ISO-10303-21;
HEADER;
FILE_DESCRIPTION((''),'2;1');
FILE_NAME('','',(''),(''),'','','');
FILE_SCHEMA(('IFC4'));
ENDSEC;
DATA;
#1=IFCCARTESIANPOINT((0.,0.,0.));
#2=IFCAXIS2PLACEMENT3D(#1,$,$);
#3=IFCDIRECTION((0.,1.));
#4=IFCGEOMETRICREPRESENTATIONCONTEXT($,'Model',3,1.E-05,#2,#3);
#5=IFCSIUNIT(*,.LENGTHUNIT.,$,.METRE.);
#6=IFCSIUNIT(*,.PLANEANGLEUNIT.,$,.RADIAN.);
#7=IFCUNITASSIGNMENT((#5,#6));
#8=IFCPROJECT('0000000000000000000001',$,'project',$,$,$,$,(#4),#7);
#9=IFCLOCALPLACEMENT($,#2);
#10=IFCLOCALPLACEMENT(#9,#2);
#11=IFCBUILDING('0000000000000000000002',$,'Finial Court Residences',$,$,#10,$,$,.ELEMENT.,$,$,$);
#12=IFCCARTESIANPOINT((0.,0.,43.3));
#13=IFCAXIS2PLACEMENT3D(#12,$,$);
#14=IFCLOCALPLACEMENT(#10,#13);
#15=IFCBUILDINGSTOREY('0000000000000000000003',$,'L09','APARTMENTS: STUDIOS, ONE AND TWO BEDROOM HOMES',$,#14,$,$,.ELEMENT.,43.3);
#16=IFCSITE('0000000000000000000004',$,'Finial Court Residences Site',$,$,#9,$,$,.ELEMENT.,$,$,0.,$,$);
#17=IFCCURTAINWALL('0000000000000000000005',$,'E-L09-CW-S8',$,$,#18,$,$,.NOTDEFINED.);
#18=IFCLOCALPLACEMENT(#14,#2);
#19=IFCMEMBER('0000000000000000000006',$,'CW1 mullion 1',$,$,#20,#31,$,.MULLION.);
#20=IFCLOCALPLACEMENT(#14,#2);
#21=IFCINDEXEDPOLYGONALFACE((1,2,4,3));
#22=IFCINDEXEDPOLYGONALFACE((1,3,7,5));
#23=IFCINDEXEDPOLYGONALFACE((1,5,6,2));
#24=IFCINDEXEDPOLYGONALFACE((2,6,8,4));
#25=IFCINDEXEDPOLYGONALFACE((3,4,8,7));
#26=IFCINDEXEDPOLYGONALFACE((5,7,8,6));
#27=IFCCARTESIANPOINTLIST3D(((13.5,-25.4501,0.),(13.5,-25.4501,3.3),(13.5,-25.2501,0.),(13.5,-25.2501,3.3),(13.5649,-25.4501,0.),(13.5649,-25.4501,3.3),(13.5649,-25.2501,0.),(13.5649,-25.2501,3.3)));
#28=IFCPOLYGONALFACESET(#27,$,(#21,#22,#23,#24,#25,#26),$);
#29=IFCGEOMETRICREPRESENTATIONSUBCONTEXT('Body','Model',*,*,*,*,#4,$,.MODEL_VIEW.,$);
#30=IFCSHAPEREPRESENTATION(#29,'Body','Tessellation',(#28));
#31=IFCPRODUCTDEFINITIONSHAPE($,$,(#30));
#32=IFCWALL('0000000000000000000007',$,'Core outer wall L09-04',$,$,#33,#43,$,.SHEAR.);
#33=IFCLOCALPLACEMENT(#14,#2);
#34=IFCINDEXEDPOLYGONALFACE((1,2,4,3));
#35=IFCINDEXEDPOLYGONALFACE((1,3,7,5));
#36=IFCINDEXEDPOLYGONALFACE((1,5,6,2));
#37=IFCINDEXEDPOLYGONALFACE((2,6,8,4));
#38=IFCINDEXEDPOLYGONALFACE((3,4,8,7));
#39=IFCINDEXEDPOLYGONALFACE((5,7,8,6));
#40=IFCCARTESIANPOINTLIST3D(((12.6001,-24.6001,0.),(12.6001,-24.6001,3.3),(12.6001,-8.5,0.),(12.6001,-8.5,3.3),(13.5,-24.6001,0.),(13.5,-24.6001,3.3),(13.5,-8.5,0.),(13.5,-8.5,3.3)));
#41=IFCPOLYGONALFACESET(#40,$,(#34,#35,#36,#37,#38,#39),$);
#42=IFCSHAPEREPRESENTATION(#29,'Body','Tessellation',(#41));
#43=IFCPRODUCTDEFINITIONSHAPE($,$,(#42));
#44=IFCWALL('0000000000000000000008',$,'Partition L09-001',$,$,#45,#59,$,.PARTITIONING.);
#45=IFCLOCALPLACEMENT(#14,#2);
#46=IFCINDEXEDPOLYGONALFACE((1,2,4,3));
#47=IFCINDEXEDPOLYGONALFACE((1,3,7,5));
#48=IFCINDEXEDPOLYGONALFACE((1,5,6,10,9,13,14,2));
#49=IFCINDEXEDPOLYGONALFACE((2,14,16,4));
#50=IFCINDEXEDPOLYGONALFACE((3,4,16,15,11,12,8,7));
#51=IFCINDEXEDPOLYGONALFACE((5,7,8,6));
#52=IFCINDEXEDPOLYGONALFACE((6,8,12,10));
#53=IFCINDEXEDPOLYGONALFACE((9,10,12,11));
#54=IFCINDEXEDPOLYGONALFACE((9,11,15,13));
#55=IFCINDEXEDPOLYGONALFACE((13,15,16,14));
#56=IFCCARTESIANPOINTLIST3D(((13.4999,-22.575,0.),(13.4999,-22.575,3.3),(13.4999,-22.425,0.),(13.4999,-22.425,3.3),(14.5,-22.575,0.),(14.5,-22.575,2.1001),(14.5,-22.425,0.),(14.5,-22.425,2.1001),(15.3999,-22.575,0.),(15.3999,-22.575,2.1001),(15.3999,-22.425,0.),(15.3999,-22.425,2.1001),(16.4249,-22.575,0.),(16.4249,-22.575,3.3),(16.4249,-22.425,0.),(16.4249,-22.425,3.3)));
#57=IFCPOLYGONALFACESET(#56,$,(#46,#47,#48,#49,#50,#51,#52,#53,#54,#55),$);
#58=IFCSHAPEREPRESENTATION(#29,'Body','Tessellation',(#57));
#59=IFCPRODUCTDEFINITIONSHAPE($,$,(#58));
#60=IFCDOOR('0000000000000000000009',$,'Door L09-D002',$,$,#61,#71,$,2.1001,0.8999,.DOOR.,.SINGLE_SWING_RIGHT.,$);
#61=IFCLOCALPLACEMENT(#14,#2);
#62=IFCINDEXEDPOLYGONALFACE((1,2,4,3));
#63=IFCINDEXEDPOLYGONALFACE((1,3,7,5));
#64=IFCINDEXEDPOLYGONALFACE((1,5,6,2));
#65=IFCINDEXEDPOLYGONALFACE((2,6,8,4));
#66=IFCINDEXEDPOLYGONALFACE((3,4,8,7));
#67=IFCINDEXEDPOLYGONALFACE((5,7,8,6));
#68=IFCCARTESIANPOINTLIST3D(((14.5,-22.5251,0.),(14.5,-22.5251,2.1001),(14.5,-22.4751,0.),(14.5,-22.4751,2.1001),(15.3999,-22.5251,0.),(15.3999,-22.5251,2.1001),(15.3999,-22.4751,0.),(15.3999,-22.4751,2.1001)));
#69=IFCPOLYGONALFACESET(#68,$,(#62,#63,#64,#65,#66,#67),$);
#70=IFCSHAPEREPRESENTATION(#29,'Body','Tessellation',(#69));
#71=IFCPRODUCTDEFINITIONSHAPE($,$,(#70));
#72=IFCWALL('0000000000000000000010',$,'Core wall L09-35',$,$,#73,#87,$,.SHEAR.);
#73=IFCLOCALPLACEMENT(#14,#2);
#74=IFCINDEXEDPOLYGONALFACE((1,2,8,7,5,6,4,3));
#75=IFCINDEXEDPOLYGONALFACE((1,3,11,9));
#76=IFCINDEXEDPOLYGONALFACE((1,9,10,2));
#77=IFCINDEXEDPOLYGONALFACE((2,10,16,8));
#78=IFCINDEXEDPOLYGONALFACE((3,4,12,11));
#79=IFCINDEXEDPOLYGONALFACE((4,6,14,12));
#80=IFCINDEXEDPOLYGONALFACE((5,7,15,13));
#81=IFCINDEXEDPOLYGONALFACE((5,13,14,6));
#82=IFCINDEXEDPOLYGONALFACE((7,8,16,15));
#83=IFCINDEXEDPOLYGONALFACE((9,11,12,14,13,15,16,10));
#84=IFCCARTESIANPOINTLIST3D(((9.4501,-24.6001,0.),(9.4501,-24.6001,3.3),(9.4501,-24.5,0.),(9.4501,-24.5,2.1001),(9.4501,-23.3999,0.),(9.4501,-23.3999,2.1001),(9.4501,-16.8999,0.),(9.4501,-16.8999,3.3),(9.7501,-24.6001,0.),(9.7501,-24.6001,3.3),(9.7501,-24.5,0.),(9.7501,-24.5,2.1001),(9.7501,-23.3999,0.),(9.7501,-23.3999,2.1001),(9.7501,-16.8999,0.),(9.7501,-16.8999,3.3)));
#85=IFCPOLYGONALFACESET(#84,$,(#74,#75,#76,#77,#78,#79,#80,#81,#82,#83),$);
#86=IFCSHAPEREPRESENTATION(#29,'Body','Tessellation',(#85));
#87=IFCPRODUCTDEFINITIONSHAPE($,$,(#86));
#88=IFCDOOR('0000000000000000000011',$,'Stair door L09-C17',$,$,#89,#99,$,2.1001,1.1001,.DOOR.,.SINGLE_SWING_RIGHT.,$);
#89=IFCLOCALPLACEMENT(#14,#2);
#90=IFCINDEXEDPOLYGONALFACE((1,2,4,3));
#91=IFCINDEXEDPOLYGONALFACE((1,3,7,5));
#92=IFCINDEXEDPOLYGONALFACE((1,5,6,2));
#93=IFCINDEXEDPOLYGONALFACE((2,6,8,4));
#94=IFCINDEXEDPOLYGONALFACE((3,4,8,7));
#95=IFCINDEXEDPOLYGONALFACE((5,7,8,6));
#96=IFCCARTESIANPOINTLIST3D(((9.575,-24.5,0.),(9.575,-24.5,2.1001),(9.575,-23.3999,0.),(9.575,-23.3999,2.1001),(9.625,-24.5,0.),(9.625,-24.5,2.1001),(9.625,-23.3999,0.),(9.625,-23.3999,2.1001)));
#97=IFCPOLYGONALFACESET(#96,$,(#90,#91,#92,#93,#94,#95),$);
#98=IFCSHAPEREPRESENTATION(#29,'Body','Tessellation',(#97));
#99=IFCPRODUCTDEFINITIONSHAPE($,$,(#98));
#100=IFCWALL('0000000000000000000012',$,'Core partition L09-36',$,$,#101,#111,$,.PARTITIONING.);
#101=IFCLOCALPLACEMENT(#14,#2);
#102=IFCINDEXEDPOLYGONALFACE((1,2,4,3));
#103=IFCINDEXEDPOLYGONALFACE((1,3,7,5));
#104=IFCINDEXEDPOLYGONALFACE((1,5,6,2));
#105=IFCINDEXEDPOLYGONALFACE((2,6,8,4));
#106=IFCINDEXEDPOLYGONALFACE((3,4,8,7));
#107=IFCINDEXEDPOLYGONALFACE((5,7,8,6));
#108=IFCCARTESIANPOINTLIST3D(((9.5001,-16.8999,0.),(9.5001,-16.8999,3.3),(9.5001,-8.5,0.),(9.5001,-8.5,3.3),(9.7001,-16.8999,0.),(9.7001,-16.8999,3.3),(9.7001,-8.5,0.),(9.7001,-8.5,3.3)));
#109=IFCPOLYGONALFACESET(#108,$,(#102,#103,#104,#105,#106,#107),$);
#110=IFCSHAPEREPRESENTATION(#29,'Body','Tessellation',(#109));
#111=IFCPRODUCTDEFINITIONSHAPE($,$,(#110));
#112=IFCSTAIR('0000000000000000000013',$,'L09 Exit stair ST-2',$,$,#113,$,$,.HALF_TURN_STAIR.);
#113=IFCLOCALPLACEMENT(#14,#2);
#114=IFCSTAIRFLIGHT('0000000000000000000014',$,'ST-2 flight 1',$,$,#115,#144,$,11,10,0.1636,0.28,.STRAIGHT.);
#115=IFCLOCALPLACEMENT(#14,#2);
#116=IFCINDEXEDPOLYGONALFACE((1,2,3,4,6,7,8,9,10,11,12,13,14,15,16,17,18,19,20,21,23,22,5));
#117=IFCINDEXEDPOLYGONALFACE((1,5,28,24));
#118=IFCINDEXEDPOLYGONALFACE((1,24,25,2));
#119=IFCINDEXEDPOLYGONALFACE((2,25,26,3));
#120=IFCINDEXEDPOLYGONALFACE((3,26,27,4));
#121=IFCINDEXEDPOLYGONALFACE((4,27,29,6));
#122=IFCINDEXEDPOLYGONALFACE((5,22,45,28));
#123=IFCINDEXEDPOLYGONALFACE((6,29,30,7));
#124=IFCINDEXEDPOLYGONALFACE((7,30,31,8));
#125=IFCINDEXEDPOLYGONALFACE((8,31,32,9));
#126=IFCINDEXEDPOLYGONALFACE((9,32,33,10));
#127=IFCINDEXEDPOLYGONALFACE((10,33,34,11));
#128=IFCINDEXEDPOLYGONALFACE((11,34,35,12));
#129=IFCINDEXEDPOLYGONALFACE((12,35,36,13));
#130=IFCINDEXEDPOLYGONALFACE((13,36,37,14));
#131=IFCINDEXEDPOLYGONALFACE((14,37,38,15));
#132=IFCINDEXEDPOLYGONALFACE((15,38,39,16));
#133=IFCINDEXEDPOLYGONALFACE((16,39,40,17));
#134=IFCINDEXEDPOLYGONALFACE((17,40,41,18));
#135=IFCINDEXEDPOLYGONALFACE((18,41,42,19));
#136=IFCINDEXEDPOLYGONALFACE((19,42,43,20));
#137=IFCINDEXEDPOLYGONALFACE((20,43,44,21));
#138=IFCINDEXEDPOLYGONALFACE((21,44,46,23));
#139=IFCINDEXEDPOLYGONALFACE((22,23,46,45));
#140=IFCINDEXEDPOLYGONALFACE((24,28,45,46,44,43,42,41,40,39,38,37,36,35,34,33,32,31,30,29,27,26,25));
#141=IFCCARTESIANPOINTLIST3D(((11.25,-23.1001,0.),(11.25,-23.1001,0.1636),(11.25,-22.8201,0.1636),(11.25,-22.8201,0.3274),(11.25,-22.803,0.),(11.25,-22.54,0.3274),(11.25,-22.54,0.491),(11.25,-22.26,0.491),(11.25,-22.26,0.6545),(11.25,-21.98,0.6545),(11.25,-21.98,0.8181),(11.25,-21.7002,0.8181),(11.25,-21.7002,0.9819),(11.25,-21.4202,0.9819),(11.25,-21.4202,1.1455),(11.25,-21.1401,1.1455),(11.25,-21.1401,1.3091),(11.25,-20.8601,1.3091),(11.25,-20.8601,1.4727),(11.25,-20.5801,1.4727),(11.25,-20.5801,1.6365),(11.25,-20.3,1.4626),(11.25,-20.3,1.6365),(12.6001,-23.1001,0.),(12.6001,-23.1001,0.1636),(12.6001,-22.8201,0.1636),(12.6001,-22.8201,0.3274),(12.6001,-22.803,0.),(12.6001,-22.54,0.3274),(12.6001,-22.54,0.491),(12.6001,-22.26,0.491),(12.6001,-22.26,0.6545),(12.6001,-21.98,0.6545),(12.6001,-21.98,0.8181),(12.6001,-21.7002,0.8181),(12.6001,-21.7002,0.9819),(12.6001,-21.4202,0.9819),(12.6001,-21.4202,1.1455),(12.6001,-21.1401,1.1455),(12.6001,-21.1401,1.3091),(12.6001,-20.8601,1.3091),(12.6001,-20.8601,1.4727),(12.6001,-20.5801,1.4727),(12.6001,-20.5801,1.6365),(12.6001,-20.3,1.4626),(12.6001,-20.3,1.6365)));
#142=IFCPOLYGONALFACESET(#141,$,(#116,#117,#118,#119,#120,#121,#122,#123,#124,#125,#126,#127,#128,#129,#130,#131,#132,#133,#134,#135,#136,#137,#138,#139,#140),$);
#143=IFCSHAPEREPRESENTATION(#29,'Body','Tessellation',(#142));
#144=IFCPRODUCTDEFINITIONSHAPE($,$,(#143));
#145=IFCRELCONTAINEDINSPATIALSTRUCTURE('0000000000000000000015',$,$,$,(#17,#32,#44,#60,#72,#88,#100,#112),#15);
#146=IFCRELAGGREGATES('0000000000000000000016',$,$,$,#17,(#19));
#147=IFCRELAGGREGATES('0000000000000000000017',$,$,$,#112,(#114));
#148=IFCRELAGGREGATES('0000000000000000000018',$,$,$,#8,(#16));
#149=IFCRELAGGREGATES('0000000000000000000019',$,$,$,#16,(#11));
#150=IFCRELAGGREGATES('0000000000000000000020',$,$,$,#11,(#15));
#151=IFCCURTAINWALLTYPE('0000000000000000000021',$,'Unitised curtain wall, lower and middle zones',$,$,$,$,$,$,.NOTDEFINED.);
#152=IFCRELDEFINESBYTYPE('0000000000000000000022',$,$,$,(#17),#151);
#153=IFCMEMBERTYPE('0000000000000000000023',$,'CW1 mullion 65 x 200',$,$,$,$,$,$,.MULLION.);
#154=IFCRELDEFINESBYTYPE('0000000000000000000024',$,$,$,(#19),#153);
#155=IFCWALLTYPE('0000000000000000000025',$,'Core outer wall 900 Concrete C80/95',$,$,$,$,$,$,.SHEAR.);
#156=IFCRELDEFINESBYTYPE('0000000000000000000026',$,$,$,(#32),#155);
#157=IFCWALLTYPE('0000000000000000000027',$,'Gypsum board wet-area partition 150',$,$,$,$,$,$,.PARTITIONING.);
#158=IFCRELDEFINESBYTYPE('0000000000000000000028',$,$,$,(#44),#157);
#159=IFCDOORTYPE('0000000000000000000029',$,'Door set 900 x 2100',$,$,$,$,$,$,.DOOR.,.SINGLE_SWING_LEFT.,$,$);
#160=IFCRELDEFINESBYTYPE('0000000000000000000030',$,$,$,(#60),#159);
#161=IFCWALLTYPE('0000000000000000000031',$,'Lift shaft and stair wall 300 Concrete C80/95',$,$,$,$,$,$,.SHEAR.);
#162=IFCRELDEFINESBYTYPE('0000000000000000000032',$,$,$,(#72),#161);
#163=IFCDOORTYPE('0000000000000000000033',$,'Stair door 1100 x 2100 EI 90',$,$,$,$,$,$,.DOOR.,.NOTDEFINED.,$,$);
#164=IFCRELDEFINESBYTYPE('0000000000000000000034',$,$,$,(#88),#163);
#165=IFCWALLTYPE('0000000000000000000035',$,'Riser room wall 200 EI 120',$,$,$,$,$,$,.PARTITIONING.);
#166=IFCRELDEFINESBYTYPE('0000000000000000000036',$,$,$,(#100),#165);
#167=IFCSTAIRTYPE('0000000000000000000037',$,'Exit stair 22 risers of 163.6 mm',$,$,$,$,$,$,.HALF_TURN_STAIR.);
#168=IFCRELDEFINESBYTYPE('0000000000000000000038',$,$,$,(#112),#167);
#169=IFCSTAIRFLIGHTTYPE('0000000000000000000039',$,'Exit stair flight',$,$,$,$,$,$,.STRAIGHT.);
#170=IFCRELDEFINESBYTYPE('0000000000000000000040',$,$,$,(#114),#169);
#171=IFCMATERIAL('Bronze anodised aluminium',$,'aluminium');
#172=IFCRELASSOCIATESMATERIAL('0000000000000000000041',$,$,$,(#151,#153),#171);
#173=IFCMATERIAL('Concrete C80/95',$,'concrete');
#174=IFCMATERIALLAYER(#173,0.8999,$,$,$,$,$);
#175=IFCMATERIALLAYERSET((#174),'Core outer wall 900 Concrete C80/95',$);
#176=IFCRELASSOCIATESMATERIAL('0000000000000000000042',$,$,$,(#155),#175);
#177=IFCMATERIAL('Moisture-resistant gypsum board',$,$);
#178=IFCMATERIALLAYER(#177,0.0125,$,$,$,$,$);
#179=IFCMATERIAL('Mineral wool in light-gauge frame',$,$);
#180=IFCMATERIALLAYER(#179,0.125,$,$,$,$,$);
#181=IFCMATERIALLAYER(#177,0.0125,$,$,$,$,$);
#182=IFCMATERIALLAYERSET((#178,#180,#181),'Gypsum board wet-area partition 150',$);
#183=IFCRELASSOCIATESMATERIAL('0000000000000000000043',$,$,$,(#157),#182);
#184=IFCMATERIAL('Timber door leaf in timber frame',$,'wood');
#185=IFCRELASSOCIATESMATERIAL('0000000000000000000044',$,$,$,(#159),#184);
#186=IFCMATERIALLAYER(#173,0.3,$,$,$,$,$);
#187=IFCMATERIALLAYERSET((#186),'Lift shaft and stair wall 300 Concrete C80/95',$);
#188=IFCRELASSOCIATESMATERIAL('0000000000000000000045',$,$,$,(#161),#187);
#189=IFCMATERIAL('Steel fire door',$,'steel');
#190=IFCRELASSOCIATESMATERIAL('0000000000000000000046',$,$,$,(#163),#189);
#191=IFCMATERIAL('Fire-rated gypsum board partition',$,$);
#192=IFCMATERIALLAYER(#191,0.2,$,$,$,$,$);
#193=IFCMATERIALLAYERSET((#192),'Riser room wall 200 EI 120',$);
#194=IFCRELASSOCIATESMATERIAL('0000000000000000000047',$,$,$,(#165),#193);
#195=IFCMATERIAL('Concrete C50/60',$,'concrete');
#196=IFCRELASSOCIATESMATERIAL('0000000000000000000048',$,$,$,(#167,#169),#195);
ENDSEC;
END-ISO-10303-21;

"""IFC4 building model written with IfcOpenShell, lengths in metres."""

from ifc_helpers import new_model, si_unit, direction, frame, frame_2d, origin, origin_2d, place, context, subcontext, project, spatial, polyline, rectangle, outline, extrude, material, layer, layer_set, material_profile, profile_set, type_object, element, fill, aggregate, save


model = new_model("IFC4")

# Units and contexts
model_context = context("Model", 3, precision=1e-05, world=origin(), true_north=direction((0.0, 1.0)))
body_context = subcontext(model_context, "Body", "Model", "MODEL_VIEW")
ifc_project = project(units=[si_unit("LENGTHUNIT", "METRE"), si_unit("PLANEANGLEUNIT", "RADIAN")], contexts=[model_context])

# Site, building, storey
site_placement = place(None, origin())
site = spatial("IfcSite", under=ifc_project, at=site_placement, Name="Finial Court Residences Site", CompositionType="ELEMENT", RefElevation=0.0)
building_placement = place(site_placement, origin())
building = spatial("IfcBuilding", under=site, at=building_placement, Name="Finial Court Residences", CompositionType="ELEMENT")
storey_placement = place(building_placement, frame((0.0, 0.0, 43.3)))
storey = spatial("IfcBuildingStorey", under=building, at=storey_placement, Name="L09", Description="APARTMENTS: STUDIOS, ONE AND TWO BEDROOM HOMES", CompositionType="ELEMENT", Elevation=43.3)

# Curtain wall, member
ifc_material_1 = material(Name="Bronze anodised aluminium", Category="aluminium")
curtain_wall_type = type_object("IfcCurtainWallType", Name="Unitised curtain wall, lower and middle zones", PredefinedType="NOTDEFINED", material=ifc_material_1)
curtain_wall_placement = place(storey_placement, origin())
curtain_wall = element("IfcCurtainWall", 1, at=curtain_wall_placement, inside=storey, type_object=curtain_wall_type, Name="E-L09-CW-S8", PredefinedType="NOTDEFINED")
ifc_material_profile = material_profile(ifc_material_1, rectangle(XDim=0.2, YDim=0.0649, at=origin_2d()), Name="CW1 mullion 65 x 200")
ifc_profile_set = profile_set([ifc_material_profile], Name="Bronze anodised aluminium")
member_type = type_object("IfcMemberType", Name="CW1 mullion 65 x 200", PredefinedType="MULLION", material=ifc_profile_set)
member_placement = place(storey_placement, frame((13.5325, -25.3501, 0.0), z_axis=(0.0, 0.0, 1.0), x_axis=(0.0, 1.0, 0.0)))
member = element("IfcMember", 2, at=member_placement, type_object=member_type, Name="CW1 mullion 1", PredefinedType="MULLION", context=body_context, shape_type="SweptSolid", body=[
    extrude(rectangle(XDim=0.2, YDim=0.0649, at=origin_2d()), origin(), (0.0, 0.0, 1.0), 3.3),
])
aggregate(curtain_wall, [member])

# Wall
ifc_material_2 = material(Name="Concrete C80/95", Category="concrete")
ifc_layer_1 = layer(ifc_material_2, 0.8999)
ifc_layer_set_1 = layer_set([ifc_layer_1], Name="Core outer wall 900 Concrete C80/95")
wall_type_1 = type_object("IfcWallType", Name="Core outer wall 900 Concrete C80/95", PredefinedType="SHEAR", material=ifc_layer_set_1)
wall_1_placement = place(storey_placement, frame((13.05, -24.6001, 0.0), z_axis=(0.0, 0.0, 1.0), x_axis=(0.0, 1.0, 0.0)))
element("IfcWall", 3, at=wall_1_placement, inside=storey, type_object=wall_type_1, Name="Core outer wall L09-04", PredefinedType="SHEAR", context=body_context, shape_type="SweptSolid", body=[
    extrude(rectangle(XDim=16.1001, YDim=0.8999, at=frame_2d((8.05, 0.0))), origin(), (0.0, 0.0, 1.0), 3.3),
])

# Walls, openings, doors
ifc_material_3 = material(Name="Moisture-resistant gypsum board")
ifc_layer_2 = layer(ifc_material_3, 0.0125)
ifc_material_4 = material(Name="Mineral wool in light-gauge frame")
ifc_layer_3 = layer(ifc_material_4, 0.125)
ifc_layer_4 = layer(ifc_material_3, 0.0125)
ifc_layer_set_2 = layer_set([ifc_layer_2, ifc_layer_3, ifc_layer_4], Name="Gypsum board wet-area partition 150")
wall_type_2 = type_object("IfcWallType", Name="Gypsum board wet-area partition 150", PredefinedType="PARTITIONING", material=ifc_layer_set_2)
wall_2_placement = place(storey_placement, frame((13.5, -22.5, 0.0), z_axis=(0.0, 0.0, 1.0), x_axis=(1.0, 0.0, 0.0)))
wall_2 = element("IfcWall", 4, at=wall_2_placement, inside=storey, type_object=wall_type_2, Name="Partition L09-001", PredefinedType="PARTITIONING", context=body_context, shape_type="SweptSolid", body=[
    extrude(rectangle(XDim=2.925, YDim=0.1499, at=frame_2d((1.4624, 0.0))), origin(), (0.0, 0.0, 1.0), 3.3),
])
opening_1_placement = place(wall_2_placement, frame((1.0, 0.0, 0.0)))
opening_1 = element("IfcOpeningElement", 5, at=opening_1_placement, cuts=wall_2, PredefinedType="OPENING", context=body_context, shape_type="SweptSolid", body=[
    extrude(rectangle(XDim=0.8999, YDim=2.1001, at=frame_2d((0.45, 1.05))), frame((0.0, 0.085, 0.0), z_axis=(0.0, -1.0, 0.0), x_axis=(1.0, 0.0, 0.0)), (0.0, 0.0, 1.0), 0.1699),
])
ifc_material_5 = material(Name="Timber door leaf in timber frame", Category="wood")
door_type_1 = type_object("IfcDoorType", Name="Door set 900 x 2100", OperationType="SINGLE_SWING_LEFT", PredefinedType="DOOR", material=ifc_material_5)
door_1_placement = place(opening_1_placement, origin())
door_1 = element("IfcDoor", 6, at=door_1_placement, inside=storey, type_object=door_type_1, Name="Door L09-D002", OperationType="SINGLE_SWING_RIGHT", OverallHeight=2.1001, OverallWidth=0.8999, PredefinedType="DOOR", context=body_context, shape_type="SweptSolid", body=[
    extrude(rectangle(XDim=0.8999, YDim=2.1001, at=frame_2d((0.45, 1.05))), frame((0.0, 0.0249, 0.0), z_axis=(0.0, -1.0, 0.0), x_axis=(1.0, 0.0, 0.0)), (0.0, 0.0, 1.0), 0.05),
])
fill(opening_1, door_1)
ifc_layer_5 = layer(ifc_material_2, 0.3)
ifc_layer_set_3 = layer_set([ifc_layer_5], Name="Lift shaft and stair wall 300 Concrete C80/95")
wall_type_3 = type_object("IfcWallType", Name="Lift shaft and stair wall 300 Concrete C80/95", PredefinedType="SHEAR", material=ifc_layer_set_3)
wall_3_placement = place(storey_placement, frame((9.6001, -16.8999, 0.0), z_axis=(0.0, 0.0, 1.0), x_axis=(0.0, -1.0, 0.0)))
wall_3 = element("IfcWall", 7, at=wall_3_placement, inside=storey, type_object=wall_type_3, Name="Core wall L09-35", PredefinedType="SHEAR", context=body_context, shape_type="SweptSolid", body=[
    extrude(rectangle(XDim=7.7002, YDim=0.3, at=frame_2d((3.8501, 0.0))), origin(), (0.0, 0.0, 1.0), 3.3),
])
opening_2_placement = place(wall_3_placement, frame((6.5, 0.0, 0.0)))
opening_2 = element("IfcOpeningElement", 8, at=opening_2_placement, cuts=wall_3, PredefinedType="OPENING", context=body_context, shape_type="SweptSolid", body=[
    extrude(rectangle(XDim=1.1001, YDim=2.1001, at=frame_2d((0.55, 1.05))), frame((0.0, 0.1599, 0.0), z_axis=(0.0, -1.0, 0.0), x_axis=(1.0, 0.0, 0.0)), (0.0, 0.0, 1.0), 0.3201),
])
ifc_material_6 = material(Name="Steel fire door", Category="steel")
door_type_2 = type_object("IfcDoorType", Name="Stair door 1100 x 2100 EI 90", OperationType="NOTDEFINED", PredefinedType="DOOR", material=ifc_material_6)
door_2_placement = place(opening_2_placement, origin())
door_2 = element("IfcDoor", 9, at=door_2_placement, inside=storey, type_object=door_type_2, Name="Stair door L09-C17", OperationType="SINGLE_SWING_RIGHT", OverallHeight=2.1001, OverallWidth=1.1001, PredefinedType="DOOR", context=body_context, shape_type="SweptSolid", body=[
    extrude(rectangle(XDim=1.1001, YDim=2.1001, at=frame_2d((0.55, 1.05))), frame((0.0, 0.0249, 0.0), z_axis=(0.0, -1.0, 0.0), x_axis=(1.0, 0.0, 0.0)), (0.0, 0.0, 1.0), 0.05),
])
fill(opening_2, door_2)

# Wall
ifc_material_7 = material(Name="Fire-rated gypsum board partition")
ifc_layer_6 = layer(ifc_material_7, 0.2)
ifc_layer_set_4 = layer_set([ifc_layer_6], Name="Riser room wall 200 EI 120")
wall_type_4 = type_object("IfcWallType", Name="Riser room wall 200 EI 120", PredefinedType="PARTITIONING", material=ifc_layer_set_4)
wall_4_placement = place(storey_placement, frame((9.6001, -16.8999, 0.0), z_axis=(0.0, 0.0, 1.0), x_axis=(0.0, 1.0, 0.0)))
element("IfcWall", 10, at=wall_4_placement, inside=storey, type_object=wall_type_4, Name="Core partition L09-36", PredefinedType="PARTITIONING", context=body_context, shape_type="SweptSolid", body=[
    extrude(rectangle(XDim=8.3999, YDim=0.2, at=frame_2d((4.2, 0.0))), origin(), (0.0, 0.0, 1.0), 3.3),
])

# Stair, stair flight
ifc_material_8 = material(Name="Concrete C50/60", Category="concrete")
stair_type = type_object("IfcStairType", Name="Exit stair 22 risers of 163.6 mm", PredefinedType="HALF_TURN_STAIR", material=ifc_material_8)
stair_placement = place(storey_placement, origin())
stair = element("IfcStair", 11, at=stair_placement, inside=storey, type_object=stair_type, Name="L09 Exit stair ST-2", PredefinedType="HALF_TURN_STAIR")
stair_flight_type = type_object("IfcStairFlightType", Name="Exit stair flight", PredefinedType="STRAIGHT", material=ifc_material_8)
stair_flight_1_placement = place(storey_placement, frame((11.925, -23.1001, 0.0), z_axis=(0.0, 0.0, 1.0), x_axis=(0.0, 1.0, 0.0)))
stair_flight_1 = element("IfcStairFlight", 12, at=stair_flight_1_placement, type_object=stair_flight_type, Name="ST-2 flight 1", NumberOfRisers=11, NumberOfTreads=10, PredefinedType="STRAIGHT", RiserHeight=0.1636, TreadLength=0.28, context=body_context, shape_type="SweptSolid", body=[
    extrude(outline(polyline([(0.0, 0.0), (0.0, 0.1636), (0.28, 0.1636), (0.28, 0.3274), (0.5601, 0.3274), (0.5601, 0.491), (0.8401, 0.491), (0.8401, 0.6545), (1.1201, 0.6545), (1.1201, 0.8181), (1.3999, 0.8181), (1.3999, 0.9819), (1.6799, 0.9819), (1.6799, 1.1455), (1.96, 1.1455), (1.96, 1.3091), (2.24, 1.3091), (2.24, 1.4727), (2.52, 1.4727), (2.52, 1.6365), (2.8, 1.6365), (2.8, 1.8), (2.8, 1.4626), (0.2971, 0.0), (0.0, 0.0)])), frame((0.0, 0.675, 0.0), z_axis=(0.0, -1.0, 0.0), x_axis=(1.0, 0.0, 0.0)), (0.0, 0.0, 1.0), 1.3501),
])
aggregate(stair, [stair_flight_1])

save(model, "model.ifc")
